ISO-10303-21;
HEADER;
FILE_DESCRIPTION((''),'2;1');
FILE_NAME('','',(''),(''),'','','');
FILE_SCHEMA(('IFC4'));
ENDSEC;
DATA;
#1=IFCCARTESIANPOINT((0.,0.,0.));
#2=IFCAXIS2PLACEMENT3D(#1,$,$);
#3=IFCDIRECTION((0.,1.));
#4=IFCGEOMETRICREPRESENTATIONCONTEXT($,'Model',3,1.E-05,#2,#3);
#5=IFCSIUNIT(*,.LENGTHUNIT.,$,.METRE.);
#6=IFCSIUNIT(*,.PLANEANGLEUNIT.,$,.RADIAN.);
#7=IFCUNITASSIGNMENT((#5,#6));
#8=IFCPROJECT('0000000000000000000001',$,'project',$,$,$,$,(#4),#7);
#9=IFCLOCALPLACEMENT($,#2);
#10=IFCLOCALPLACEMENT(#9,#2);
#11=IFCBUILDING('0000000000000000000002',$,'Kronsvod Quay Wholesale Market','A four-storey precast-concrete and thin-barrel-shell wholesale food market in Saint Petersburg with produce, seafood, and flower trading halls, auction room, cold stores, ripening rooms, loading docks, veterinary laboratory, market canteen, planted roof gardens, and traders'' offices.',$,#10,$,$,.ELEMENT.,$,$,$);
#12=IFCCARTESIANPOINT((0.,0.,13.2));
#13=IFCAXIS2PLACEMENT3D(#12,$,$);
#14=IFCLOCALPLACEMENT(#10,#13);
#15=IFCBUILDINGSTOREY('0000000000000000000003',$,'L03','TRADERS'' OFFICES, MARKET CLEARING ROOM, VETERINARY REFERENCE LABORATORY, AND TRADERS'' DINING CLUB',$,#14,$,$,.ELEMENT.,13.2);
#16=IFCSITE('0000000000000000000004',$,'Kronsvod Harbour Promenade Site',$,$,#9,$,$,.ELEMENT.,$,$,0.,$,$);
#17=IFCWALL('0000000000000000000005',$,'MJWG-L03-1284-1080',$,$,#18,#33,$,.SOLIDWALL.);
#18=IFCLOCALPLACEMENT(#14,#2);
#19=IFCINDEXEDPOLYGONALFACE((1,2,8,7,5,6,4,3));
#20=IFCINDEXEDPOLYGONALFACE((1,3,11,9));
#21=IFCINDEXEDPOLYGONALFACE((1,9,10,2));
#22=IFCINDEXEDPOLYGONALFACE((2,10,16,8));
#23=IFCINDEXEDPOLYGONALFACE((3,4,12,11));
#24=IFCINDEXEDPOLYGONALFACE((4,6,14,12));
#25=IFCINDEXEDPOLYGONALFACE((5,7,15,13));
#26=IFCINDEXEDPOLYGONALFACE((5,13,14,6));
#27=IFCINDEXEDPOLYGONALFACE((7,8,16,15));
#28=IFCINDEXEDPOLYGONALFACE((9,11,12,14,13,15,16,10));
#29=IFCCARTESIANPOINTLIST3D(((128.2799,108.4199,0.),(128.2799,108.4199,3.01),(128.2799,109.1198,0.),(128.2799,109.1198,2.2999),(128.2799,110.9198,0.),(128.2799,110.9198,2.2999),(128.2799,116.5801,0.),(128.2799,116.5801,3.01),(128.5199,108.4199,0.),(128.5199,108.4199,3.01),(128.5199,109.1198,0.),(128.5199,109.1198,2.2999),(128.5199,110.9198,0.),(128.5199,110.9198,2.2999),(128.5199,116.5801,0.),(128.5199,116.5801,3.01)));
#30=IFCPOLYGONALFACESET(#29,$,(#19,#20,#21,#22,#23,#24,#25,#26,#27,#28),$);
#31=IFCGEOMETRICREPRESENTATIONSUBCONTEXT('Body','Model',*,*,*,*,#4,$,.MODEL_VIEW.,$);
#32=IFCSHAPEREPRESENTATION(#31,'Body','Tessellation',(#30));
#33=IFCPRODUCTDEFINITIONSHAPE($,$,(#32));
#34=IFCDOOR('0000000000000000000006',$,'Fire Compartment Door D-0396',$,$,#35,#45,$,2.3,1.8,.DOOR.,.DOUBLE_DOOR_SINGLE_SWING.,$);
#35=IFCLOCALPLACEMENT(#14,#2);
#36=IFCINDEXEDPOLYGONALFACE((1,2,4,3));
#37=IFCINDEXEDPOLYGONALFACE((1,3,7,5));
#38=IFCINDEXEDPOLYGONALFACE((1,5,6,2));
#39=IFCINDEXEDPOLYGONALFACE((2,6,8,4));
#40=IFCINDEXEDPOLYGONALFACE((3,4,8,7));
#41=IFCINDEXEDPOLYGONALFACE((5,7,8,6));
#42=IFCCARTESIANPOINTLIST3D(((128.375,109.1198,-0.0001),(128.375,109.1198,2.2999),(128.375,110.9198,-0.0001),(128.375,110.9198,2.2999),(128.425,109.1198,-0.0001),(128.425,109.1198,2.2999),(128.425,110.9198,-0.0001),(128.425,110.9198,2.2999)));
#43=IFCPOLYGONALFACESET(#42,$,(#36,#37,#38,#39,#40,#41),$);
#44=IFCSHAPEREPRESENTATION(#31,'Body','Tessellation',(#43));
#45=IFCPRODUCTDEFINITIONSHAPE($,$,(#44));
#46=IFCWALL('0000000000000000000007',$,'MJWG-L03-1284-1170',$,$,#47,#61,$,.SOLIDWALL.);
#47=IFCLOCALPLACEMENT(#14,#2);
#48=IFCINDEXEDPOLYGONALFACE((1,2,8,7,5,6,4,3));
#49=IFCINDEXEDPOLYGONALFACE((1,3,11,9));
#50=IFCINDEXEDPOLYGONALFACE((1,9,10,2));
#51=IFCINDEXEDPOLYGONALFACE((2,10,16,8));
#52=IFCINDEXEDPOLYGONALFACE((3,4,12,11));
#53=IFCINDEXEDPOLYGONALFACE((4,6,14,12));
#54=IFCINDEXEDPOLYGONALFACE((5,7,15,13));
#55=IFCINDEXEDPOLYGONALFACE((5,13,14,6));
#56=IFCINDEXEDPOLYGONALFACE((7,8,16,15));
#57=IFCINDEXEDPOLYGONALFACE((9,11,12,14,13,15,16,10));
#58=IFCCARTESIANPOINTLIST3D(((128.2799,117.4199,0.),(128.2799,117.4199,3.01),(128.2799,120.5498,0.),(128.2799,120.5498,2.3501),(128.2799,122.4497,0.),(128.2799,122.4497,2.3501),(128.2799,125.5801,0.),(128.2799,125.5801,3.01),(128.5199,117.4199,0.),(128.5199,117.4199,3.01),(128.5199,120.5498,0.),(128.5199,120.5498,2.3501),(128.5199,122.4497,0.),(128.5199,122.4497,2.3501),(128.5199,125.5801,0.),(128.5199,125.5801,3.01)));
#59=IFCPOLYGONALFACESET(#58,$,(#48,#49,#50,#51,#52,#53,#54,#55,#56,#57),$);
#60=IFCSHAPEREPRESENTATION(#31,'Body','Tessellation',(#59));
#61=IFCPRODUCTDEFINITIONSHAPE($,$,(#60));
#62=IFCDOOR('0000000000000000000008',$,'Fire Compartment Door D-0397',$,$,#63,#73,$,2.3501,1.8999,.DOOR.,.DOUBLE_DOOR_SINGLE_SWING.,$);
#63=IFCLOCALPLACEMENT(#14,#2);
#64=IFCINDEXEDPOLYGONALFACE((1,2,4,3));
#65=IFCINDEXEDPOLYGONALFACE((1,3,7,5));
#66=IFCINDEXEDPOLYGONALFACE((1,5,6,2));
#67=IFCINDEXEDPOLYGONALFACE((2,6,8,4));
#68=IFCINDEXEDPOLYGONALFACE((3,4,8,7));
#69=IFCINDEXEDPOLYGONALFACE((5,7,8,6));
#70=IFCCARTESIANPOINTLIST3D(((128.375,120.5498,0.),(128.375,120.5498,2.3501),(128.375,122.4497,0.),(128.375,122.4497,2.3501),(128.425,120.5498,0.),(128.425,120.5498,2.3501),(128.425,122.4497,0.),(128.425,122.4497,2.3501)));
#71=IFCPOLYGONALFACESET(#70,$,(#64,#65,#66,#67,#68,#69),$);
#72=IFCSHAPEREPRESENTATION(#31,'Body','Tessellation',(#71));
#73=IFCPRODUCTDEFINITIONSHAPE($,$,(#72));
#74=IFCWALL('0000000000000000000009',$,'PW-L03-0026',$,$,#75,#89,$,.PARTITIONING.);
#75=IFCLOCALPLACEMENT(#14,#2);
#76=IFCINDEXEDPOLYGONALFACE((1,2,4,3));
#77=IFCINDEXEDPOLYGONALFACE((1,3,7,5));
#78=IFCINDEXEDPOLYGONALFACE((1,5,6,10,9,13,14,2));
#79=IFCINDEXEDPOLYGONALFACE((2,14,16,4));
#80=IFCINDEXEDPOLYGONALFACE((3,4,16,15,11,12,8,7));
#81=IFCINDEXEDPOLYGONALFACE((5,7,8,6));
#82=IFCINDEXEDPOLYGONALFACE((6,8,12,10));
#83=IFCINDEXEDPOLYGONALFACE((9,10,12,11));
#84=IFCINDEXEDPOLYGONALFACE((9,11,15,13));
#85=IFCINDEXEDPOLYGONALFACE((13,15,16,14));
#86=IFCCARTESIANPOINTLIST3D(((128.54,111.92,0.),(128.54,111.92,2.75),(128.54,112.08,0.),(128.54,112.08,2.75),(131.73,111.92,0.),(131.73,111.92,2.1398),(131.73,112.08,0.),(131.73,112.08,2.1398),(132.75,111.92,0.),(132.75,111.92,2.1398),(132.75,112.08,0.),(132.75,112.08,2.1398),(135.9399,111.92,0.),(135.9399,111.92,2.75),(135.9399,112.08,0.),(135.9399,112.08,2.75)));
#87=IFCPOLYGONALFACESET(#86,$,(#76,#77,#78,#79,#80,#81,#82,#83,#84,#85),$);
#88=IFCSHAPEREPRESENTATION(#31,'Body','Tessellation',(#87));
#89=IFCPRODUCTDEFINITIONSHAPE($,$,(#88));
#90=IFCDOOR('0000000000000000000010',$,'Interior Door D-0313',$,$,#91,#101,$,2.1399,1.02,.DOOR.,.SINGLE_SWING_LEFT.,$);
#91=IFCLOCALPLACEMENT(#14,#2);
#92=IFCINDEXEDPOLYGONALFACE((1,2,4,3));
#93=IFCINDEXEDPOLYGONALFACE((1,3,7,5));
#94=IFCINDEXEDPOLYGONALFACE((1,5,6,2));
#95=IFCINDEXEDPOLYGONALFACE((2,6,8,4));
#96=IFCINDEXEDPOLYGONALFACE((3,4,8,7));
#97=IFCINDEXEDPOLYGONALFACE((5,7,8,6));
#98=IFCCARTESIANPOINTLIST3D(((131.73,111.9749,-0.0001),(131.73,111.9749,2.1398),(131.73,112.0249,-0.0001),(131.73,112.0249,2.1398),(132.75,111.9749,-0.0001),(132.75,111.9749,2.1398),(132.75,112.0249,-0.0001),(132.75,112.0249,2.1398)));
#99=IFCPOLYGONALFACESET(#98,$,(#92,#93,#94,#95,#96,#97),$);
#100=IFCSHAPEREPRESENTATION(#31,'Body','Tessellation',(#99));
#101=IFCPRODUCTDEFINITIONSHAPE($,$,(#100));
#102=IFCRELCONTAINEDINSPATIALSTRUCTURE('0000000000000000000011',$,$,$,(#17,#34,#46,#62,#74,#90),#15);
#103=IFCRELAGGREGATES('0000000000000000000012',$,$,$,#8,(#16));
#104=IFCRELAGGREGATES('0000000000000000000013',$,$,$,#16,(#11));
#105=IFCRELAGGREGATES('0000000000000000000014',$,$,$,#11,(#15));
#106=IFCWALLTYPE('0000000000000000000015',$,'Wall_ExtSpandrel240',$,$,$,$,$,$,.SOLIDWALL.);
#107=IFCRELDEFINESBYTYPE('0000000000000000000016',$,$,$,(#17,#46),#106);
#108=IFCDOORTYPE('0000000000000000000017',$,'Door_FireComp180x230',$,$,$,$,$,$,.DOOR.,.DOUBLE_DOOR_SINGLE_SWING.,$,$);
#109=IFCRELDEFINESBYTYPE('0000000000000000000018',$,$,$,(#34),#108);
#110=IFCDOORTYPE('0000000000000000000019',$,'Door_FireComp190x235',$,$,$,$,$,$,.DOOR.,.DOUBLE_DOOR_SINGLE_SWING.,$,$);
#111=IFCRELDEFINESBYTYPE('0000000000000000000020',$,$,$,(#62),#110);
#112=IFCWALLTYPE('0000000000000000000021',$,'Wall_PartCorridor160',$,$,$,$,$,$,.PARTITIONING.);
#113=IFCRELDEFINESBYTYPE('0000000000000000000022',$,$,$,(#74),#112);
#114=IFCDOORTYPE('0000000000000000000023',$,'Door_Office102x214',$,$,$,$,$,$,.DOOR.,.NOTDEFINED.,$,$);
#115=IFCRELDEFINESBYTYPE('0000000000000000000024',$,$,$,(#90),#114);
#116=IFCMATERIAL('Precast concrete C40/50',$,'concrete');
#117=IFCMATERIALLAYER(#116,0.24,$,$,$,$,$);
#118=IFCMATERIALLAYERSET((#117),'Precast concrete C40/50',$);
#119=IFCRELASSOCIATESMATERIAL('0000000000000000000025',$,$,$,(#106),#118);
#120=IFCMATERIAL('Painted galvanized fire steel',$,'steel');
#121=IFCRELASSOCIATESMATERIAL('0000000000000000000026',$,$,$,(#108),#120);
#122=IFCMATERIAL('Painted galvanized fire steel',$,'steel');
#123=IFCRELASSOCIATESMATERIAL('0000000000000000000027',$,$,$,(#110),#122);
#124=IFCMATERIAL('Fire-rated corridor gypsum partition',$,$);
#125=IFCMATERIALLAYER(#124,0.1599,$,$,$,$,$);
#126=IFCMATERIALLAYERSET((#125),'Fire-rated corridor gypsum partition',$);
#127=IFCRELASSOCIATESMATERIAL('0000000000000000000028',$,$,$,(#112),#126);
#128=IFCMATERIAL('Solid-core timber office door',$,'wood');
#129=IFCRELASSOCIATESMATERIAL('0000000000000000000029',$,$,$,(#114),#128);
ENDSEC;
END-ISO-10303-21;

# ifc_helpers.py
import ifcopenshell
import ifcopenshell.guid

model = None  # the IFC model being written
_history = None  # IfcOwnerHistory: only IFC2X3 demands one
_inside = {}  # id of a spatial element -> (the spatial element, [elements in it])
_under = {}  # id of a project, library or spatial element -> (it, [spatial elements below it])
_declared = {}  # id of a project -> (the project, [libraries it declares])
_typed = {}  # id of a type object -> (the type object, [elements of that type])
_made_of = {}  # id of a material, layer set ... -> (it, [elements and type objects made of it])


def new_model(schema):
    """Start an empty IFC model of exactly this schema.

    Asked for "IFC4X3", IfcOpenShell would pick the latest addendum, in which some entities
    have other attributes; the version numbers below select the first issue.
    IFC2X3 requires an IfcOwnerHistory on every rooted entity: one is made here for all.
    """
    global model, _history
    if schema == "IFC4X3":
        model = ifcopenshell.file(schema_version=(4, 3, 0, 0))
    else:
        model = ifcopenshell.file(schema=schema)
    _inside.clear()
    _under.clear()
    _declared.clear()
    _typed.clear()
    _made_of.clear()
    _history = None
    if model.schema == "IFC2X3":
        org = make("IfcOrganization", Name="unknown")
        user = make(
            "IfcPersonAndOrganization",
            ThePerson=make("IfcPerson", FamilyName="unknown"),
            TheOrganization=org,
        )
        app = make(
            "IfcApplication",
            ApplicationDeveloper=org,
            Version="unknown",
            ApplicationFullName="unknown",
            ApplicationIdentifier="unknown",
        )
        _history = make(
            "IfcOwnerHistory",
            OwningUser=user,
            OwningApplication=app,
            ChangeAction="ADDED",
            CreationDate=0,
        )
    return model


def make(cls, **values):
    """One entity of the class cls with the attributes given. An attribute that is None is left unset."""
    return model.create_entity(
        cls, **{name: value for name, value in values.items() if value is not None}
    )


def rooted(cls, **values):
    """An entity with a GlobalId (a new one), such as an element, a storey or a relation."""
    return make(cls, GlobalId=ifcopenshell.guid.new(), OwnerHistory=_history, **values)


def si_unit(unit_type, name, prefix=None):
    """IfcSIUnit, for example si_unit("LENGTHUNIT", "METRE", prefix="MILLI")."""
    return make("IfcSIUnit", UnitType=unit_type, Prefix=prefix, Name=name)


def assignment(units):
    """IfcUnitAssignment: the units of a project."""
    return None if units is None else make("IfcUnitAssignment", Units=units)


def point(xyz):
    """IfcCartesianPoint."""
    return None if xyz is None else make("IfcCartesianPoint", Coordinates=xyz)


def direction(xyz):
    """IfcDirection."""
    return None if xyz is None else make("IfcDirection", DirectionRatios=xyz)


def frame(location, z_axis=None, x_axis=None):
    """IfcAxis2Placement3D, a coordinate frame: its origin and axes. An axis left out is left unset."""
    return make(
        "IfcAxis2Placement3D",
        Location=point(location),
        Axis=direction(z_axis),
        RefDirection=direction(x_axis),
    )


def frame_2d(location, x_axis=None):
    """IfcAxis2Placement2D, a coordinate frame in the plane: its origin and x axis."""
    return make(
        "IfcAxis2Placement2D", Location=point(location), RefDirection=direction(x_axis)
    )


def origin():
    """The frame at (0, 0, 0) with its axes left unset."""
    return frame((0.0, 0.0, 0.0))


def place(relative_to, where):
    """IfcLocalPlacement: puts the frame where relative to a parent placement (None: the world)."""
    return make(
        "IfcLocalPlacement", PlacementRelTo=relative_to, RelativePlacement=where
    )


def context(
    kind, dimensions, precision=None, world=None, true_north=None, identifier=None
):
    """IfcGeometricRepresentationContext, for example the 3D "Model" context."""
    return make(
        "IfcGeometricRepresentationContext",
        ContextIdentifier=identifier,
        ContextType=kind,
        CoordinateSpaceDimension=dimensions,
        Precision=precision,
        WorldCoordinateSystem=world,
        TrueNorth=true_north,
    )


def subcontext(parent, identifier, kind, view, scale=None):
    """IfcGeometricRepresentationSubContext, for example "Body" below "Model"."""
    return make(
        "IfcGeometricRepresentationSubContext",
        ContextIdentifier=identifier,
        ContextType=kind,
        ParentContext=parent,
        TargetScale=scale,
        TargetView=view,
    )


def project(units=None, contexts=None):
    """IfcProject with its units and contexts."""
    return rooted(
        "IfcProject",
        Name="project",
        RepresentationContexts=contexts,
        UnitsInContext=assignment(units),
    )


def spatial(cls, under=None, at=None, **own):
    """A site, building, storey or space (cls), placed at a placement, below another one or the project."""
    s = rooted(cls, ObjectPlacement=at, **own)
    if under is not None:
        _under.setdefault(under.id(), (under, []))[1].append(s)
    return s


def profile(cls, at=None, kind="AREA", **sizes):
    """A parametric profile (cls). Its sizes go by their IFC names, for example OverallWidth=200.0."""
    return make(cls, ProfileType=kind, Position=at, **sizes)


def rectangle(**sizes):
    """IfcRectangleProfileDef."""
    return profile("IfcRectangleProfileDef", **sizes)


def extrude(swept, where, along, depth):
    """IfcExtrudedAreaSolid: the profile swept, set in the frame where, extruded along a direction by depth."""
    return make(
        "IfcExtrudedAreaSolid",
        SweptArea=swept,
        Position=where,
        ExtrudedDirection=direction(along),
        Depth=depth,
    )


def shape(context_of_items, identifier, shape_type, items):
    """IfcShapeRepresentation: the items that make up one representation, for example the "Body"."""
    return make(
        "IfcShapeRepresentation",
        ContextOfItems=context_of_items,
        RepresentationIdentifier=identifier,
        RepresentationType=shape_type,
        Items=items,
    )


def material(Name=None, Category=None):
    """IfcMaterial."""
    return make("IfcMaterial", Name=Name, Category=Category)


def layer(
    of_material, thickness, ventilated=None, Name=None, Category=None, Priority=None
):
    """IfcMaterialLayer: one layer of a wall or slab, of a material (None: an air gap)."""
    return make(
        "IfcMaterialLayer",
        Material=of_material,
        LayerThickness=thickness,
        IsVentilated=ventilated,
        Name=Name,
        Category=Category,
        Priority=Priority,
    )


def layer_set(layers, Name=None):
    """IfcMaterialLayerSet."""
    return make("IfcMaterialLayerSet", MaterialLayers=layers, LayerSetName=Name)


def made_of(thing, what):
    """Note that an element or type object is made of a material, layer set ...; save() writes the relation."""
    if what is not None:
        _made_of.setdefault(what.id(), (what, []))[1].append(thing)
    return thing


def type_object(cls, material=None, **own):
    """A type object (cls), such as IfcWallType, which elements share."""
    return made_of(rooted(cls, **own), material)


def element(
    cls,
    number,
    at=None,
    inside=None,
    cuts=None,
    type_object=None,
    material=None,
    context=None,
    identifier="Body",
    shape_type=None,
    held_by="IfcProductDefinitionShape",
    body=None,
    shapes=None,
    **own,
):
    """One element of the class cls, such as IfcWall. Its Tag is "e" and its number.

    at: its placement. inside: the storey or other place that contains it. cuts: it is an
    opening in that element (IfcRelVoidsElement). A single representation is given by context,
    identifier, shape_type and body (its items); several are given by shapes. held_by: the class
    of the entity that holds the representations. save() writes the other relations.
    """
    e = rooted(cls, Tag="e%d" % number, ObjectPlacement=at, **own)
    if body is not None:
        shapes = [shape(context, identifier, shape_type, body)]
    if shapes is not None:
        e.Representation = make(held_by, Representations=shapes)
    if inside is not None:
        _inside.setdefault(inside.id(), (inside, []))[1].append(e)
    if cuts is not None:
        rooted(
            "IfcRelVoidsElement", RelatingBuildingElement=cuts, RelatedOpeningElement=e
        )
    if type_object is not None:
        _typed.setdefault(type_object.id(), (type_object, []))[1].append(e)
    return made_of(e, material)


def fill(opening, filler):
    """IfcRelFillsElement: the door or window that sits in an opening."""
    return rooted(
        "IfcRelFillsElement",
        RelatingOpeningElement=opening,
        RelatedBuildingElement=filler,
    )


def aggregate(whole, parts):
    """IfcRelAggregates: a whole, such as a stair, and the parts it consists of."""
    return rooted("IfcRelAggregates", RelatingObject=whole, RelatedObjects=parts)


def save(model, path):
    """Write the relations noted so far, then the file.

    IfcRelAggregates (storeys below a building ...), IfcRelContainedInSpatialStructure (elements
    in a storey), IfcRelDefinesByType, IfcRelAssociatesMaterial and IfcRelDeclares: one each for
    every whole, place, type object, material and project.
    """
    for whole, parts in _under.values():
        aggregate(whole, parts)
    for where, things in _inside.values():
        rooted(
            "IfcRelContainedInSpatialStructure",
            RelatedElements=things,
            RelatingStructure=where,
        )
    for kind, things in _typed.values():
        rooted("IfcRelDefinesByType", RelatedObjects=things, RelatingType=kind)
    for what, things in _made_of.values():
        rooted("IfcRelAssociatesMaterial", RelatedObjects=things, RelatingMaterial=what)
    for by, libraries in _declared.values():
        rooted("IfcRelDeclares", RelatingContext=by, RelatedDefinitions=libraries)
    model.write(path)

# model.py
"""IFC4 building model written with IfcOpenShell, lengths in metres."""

from ifc_helpers import new_model, si_unit, direction, frame, frame_2d, origin, place, context, subcontext, project, spatial, rectangle, extrude, material, layer, layer_set, type_object, element, fill, save


model = new_model("IFC4")

# Units and contexts
model_context = context("Model", 3, precision=1e-05, world=origin(), true_north=direction((0.0, 1.0)))
body_context = subcontext(model_context, "Body", "Model", "MODEL_VIEW")
ifc_project = project(units=[si_unit("LENGTHUNIT", "METRE"), si_unit("PLANEANGLEUNIT", "RADIAN")], contexts=[model_context])

# Site, building, storey
site_placement = place(None, origin())
site = spatial("IfcSite", under=ifc_project, at=site_placement, Name="Kronsvod Harbour Promenade Site", CompositionType="ELEMENT", RefElevation=0.0)
building_placement = place(site_placement, origin())
building = spatial("IfcBuilding", under=site, at=building_placement, Name="Kronsvod Quay Wholesale Market", Description="A four-storey precast-concrete and thin-barrel-shell wholesale food market in Saint Petersburg with produce, seafood, and flower trading halls, auction room, cold stores, ripening rooms, loading docks, veterinary laboratory, market canteen, planted roof gardens, and traders' offices.", CompositionType="ELEMENT")
storey_placement = place(building_placement, frame((0.0, 0.0, 13.2)))
storey = spatial("IfcBuildingStorey", under=building, at=storey_placement, Name="L03", Description="TRADERS' OFFICES, MARKET CLEARING ROOM, VETERINARY REFERENCE LABORATORY, AND TRADERS' DINING CLUB", CompositionType="ELEMENT", Elevation=13.2)

# Walls, openings, doors
ifc_material_1 = material(Name="Precast concrete C40/50", Category="concrete")
ifc_layer_1 = layer(ifc_material_1, 0.24)
ifc_layer_set_1 = layer_set([ifc_layer_1], Name="Precast concrete C40/50")
wall_type_1 = type_object("IfcWallType", Name="Wall_ExtSpandrel240", PredefinedType="SOLIDWALL", material=ifc_layer_set_1)
ifc_material_2 = material(Name="Painted galvanized fire steel", Category="steel")
door_type_1 = type_object("IfcDoorType", Name="Door_FireComp180x230", OperationType="DOUBLE_DOOR_SINGLE_SWING", PredefinedType="DOOR", material=ifc_material_2)
ifc_material_3 = material(Name="Painted galvanized fire steel", Category="steel")
door_type_2 = type_object("IfcDoorType", Name="Door_FireComp190x235", OperationType="DOUBLE_DOOR_SINGLE_SWING", PredefinedType="DOOR", material=ifc_material_3)
wall_1_placement = place(storey_placement, frame((128.3999, 108.4199, 0.0), z_axis=(0.0, 0.0, 1.0), x_axis=(0.0, 1.0, 0.0)))
wall_1 = element("IfcWall", 1, at=wall_1_placement, inside=storey, type_object=wall_type_1, Name="MJWG-L03-1284-1080", PredefinedType="SOLIDWALL", context=body_context, shape_type="SweptSolid", body=[
    extrude(rectangle(XDim=8.1602, YDim=0.24, at=frame_2d((4.0801, 0.0))), origin(), (0.0, 0.0, 1.0), 3.01),
])
opening_1_placement = place(wall_1_placement, frame((0.7, 0.0, 0.0)))
opening_1 = element("IfcOpeningElement", 2, at=opening_1_placement, cuts=wall_1, PredefinedType="OPENING", context=body_context, shape_type="SweptSolid", body=[
    extrude(rectangle(XDim=1.8, YDim=2.3, at=frame_2d((0.8999, 1.1499))), frame((0.0, 0.1299, 0.0), z_axis=(0.0, -1.0, 0.0), x_axis=(1.0, 0.0, 0.0)), (0.0, 0.0, 1.0), 0.26),
])
door_1_placement = place(opening_1_placement, origin())
door_1 = element("IfcDoor", 3, at=door_1_placement, inside=storey, type_object=door_type_1, Name="Fire Compartment Door D-0396", OperationType="DOUBLE_DOOR_SINGLE_SWING", OverallHeight=2.3, OverallWidth=1.8, PredefinedType="DOOR", context=body_context, shape_type="SweptSolid", body=[
    extrude(rectangle(XDim=1.8, YDim=2.3, at=frame_2d((0.8999, 1.1499))), frame((0.0, 0.0249, 0.0), z_axis=(0.0, -1.0, 0.0), x_axis=(1.0, 0.0, 0.0)), (0.0, 0.0, 1.0), 0.05),
])
fill(opening_1, door_1)
wall_2_placement = place(storey_placement, frame((128.3999, 117.4199, 0.0), z_axis=(0.0, 0.0, 1.0), x_axis=(0.0, 1.0, 0.0)))
wall_2 = element("IfcWall", 4, at=wall_2_placement, inside=storey, type_object=wall_type_1, Name="MJWG-L03-1284-1170", PredefinedType="SOLIDWALL", context=body_context, shape_type="SweptSolid", body=[
    extrude(rectangle(XDim=8.1602, YDim=0.24, at=frame_2d((4.0801, 0.0))), origin(), (0.0, 0.0, 1.0), 3.01),
])
opening_2_placement = place(wall_2_placement, frame((3.1299, 0.0, 0.0)))
opening_2 = element("IfcOpeningElement", 5, at=opening_2_placement, cuts=wall_2, PredefinedType="OPENING", context=body_context, shape_type="SweptSolid", body=[
    extrude(rectangle(XDim=1.8999, YDim=2.3501, at=frame_2d((0.95, 1.175))), frame((0.0, 0.1299, 0.0), z_axis=(0.0, -1.0, 0.0), x_axis=(1.0, 0.0, 0.0)), (0.0, 0.0, 1.0), 0.26),
])
door_2_placement = place(opening_2_placement, origin())
door_2 = element("IfcDoor", 6, at=door_2_placement, inside=storey, type_object=door_type_2, Name="Fire Compartment Door D-0397", OperationType="DOUBLE_DOOR_SINGLE_SWING", OverallHeight=2.3501, OverallWidth=1.8999, PredefinedType="DOOR", context=body_context, shape_type="SweptSolid", body=[
    extrude(rectangle(XDim=1.8999, YDim=2.3501, at=frame_2d((0.95, 1.175))), frame((0.0, 0.0249, 0.0), z_axis=(0.0, -1.0, 0.0), x_axis=(1.0, 0.0, 0.0)), (0.0, 0.0, 1.0), 0.05),
])
fill(opening_2, door_2)
ifc_material_4 = material(Name="Fire-rated corridor gypsum partition")
ifc_layer_2 = layer(ifc_material_4, 0.1599)
ifc_layer_set_2 = layer_set([ifc_layer_2], Name="Fire-rated corridor gypsum partition")
wall_type_2 = type_object("IfcWallType", Name="Wall_PartCorridor160", PredefinedType="PARTITIONING", material=ifc_layer_set_2)
wall_3_placement = place(storey_placement, frame((128.54, 112.0, 0.0), z_axis=(0.0, 0.0, 1.0), x_axis=(1.0, 0.0, 0.0)))
wall_3 = element("IfcWall", 7, at=wall_3_placement, inside=storey, type_object=wall_type_2, Name="PW-L03-0026", PredefinedType="PARTITIONING", context=body_context, shape_type="SweptSolid", body=[
    extrude(rectangle(XDim=7.3999, YDim=0.1599, at=frame_2d((3.7, 0.0))), origin(), (0.0, 0.0, 1.0), 2.75),
])
opening_3_placement = place(wall_3_placement, frame((3.1899, 0.0, 0.0)))
opening_3 = element("IfcOpeningElement", 8, at=opening_3_placement, cuts=wall_3, PredefinedType="OPENING", context=body_context, shape_type="SweptSolid", body=[
    extrude(rectangle(XDim=1.02, YDim=2.1399, at=frame_2d((0.51, 1.0698))), frame((0.0, 0.0898, 0.0), z_axis=(0.0, -1.0, 0.0), x_axis=(1.0, 0.0, 0.0)), (0.0, 0.0, 1.0), 0.1799),
])
ifc_material_5 = material(Name="Solid-core timber office door", Category="wood")
door_type_3 = type_object("IfcDoorType", Name="Door_Office102x214", OperationType="NOTDEFINED", PredefinedType="DOOR", material=ifc_material_5)
door_3_placement = place(opening_3_placement, origin())
door_3 = element("IfcDoor", 9, at=door_3_placement, inside=storey, type_object=door_type_3, Name="Interior Door D-0313", OperationType="SINGLE_SWING_LEFT", OverallHeight=2.1399, OverallWidth=1.02, PredefinedType="DOOR", context=body_context, shape_type="SweptSolid", body=[
    extrude(rectangle(XDim=1.02, YDim=2.1399, at=frame_2d((0.51, 1.0698))), frame((0.0, 0.0249, 0.0), z_axis=(0.0, -1.0, 0.0), x_axis=(1.0, 0.0, 0.0)), (0.0, 0.0, 1.0), 0.05),
])
fill(opening_3, door_3)

save(model, "model.ifc")
